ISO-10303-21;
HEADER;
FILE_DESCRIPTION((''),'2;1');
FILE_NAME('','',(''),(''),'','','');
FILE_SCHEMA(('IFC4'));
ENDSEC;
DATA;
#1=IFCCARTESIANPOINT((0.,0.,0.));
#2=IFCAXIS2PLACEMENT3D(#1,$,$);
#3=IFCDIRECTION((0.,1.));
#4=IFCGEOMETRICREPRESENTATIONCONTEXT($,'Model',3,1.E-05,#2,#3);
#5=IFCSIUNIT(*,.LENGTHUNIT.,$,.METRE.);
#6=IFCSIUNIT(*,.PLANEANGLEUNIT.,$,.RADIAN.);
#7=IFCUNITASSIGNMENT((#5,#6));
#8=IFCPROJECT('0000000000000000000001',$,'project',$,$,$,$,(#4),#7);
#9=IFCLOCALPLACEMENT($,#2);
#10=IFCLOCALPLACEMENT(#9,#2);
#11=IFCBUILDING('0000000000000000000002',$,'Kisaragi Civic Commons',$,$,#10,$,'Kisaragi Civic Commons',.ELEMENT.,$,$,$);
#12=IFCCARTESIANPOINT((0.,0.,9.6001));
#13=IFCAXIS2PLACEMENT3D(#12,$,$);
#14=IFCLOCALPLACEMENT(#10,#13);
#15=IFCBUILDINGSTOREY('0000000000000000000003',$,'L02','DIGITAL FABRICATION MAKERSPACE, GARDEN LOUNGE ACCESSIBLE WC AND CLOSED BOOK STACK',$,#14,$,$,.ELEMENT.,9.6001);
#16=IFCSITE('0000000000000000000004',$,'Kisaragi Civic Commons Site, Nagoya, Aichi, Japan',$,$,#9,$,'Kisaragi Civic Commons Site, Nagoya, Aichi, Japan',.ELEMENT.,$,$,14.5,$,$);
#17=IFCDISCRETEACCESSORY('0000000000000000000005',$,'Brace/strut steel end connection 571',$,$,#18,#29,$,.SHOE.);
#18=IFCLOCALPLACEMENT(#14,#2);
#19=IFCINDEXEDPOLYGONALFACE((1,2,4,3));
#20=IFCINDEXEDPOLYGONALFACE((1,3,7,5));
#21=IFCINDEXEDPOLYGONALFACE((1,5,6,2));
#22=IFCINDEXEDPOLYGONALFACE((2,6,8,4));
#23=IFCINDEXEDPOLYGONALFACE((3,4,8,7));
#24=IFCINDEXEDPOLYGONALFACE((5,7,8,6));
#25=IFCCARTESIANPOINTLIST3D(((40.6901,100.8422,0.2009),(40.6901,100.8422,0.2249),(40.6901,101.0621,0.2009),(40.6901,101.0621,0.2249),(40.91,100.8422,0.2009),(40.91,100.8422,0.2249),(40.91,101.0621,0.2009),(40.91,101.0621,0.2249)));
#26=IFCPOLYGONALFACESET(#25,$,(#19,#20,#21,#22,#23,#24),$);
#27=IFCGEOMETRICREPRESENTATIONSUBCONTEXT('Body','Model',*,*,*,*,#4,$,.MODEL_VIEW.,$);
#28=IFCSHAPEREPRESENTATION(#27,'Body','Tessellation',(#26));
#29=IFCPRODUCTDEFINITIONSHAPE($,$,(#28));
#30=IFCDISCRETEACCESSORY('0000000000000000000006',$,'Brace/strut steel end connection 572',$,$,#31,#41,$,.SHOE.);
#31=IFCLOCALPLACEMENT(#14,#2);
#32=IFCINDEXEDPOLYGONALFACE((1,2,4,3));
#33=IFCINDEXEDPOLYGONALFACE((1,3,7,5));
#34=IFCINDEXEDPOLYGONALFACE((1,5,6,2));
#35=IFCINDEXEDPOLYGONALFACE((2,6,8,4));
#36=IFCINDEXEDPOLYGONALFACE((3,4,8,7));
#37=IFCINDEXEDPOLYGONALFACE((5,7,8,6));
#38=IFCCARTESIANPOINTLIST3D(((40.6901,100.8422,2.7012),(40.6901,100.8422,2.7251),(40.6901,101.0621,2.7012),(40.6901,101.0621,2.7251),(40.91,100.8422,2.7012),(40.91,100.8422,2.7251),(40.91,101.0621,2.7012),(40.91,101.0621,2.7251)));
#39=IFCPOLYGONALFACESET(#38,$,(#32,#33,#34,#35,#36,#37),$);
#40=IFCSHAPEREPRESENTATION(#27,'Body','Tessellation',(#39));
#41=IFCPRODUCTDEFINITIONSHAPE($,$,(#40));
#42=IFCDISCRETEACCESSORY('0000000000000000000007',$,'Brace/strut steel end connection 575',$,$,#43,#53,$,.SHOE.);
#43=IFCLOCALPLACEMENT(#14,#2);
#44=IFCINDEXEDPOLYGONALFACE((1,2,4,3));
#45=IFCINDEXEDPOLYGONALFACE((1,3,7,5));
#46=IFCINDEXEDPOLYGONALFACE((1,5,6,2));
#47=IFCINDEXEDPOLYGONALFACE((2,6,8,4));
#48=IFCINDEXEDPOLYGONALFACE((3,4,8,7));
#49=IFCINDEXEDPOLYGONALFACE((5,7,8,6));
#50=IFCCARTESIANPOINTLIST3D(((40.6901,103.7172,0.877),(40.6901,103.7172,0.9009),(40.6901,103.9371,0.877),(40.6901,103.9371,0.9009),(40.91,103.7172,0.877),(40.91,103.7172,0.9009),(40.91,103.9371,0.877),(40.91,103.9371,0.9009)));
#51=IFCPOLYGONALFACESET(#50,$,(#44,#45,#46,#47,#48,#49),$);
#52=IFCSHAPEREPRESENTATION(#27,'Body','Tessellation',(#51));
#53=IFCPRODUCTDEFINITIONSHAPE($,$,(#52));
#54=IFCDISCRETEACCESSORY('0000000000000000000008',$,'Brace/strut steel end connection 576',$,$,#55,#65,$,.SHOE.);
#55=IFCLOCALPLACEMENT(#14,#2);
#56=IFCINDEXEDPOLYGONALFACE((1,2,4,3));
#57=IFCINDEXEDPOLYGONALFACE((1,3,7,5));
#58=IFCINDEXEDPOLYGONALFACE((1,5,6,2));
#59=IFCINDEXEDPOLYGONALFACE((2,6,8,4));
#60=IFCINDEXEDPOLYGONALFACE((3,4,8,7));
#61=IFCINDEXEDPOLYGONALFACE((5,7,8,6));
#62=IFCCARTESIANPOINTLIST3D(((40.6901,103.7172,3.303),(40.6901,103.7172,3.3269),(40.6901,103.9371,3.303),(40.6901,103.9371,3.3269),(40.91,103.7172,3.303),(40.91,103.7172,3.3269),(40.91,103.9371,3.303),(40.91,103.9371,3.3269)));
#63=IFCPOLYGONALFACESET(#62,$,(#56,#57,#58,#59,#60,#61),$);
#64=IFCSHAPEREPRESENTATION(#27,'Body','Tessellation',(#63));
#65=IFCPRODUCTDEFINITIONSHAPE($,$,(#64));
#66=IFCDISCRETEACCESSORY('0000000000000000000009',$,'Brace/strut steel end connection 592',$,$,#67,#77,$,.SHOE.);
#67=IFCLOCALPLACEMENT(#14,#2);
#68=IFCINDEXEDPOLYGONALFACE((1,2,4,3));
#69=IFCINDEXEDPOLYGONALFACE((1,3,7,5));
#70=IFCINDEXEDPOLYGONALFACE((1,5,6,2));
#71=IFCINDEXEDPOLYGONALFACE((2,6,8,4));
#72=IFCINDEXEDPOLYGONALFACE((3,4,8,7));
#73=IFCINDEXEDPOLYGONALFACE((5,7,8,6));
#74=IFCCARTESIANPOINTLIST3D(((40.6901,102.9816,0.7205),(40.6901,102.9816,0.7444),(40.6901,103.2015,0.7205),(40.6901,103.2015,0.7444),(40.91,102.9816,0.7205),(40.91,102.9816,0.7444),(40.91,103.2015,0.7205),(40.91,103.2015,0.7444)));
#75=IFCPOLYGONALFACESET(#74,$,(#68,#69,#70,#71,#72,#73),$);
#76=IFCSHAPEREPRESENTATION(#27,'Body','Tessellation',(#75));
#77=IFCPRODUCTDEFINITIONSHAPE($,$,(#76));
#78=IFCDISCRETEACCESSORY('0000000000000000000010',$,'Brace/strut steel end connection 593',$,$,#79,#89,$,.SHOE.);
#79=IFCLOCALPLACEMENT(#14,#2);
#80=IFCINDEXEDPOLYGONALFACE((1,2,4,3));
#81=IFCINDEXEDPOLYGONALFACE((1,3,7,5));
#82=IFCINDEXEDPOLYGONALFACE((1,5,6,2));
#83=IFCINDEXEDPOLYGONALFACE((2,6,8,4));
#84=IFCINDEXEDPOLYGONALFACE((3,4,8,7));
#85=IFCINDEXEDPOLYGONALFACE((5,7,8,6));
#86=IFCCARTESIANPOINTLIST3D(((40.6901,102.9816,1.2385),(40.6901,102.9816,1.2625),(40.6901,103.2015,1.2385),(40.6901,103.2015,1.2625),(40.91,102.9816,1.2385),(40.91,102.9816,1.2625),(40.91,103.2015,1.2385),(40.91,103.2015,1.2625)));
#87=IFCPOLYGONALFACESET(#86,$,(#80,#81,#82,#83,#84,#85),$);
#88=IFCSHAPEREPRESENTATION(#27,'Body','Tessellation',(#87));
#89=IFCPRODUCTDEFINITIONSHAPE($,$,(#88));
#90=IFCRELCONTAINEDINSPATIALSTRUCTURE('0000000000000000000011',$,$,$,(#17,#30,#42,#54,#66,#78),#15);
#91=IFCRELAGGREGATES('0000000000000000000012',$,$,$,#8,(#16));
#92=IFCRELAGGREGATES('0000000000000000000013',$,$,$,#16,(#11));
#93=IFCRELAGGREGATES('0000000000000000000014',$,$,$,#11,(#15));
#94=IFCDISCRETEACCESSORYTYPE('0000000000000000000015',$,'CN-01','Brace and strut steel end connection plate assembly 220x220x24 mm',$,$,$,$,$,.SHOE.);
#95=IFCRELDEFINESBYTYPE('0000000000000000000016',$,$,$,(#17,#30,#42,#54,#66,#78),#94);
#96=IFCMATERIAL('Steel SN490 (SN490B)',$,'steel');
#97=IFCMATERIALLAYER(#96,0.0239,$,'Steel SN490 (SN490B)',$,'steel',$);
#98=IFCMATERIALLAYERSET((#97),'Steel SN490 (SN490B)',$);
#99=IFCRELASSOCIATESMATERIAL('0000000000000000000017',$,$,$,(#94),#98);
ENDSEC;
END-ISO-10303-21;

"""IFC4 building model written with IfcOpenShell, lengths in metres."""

from ifc_helpers import new_model, si_unit, direction, frame, origin, origin_2d, place, context, subcontext, project, spatial, rectangle, extrude, material, layer, layer_set, type_object, element, save


model = new_model("IFC4")

# Units and contexts
model_context = context("Model", 3, precision=1e-05, world=origin(), true_north=direction((0.0, 1.0)))
body_context = subcontext(model_context, "Body", "Model", "MODEL_VIEW")
ifc_project = project(units=[si_unit("LENGTHUNIT", "METRE"), si_unit("PLANEANGLEUNIT", "RADIAN")], contexts=[model_context])

# Site, building, storey
site_placement = place(None, origin())
site = spatial("IfcSite", under=ifc_project, at=site_placement, Name="Kisaragi Civic Commons Site, Nagoya, Aichi, Japan", LongName="Kisaragi Civic Commons Site, Nagoya, Aichi, Japan", CompositionType="ELEMENT", RefElevation=14.5)
building_placement = place(site_placement, origin())
building = spatial("IfcBuilding", under=site, at=building_placement, Name="Kisaragi Civic Commons", LongName="Kisaragi Civic Commons", CompositionType="ELEMENT")
storey_placement = place(building_placement, frame((0.0, 0.0, 9.6001)))
storey = spatial("IfcBuildingStorey", under=building, at=storey_placement, Name="L02", Description="DIGITAL FABRICATION MAKERSPACE, GARDEN LOUNGE ACCESSIBLE WC AND CLOSED BOOK STACK", CompositionType="ELEMENT", Elevation=9.6001)

# Shared definitions
ifc_material_1 = material(Name="Steel SN490 (SN490B)", Category="steel")

# Discrete accessories
ifc_layer_1 = layer(ifc_material_1, 0.0239, Name="Steel SN490 (SN490B)", Category="steel")
ifc_layer_set_1 = layer_set([ifc_layer_1], Name="Steel SN490 (SN490B)")
discrete_accessory_type = type_object("IfcDiscreteAccessoryType", Name="CN-01", Description="Brace and strut steel end connection plate assembly 220x220x24 mm", PredefinedType="SHOE", material=ifc_layer_set_1)
for number, where, z_axis, x_axis, name in (
    (1, (40.8, 100.9521, 0.2009), (0.0, 0.0, 1.0), (1.0, 0.0, 0.0), "Brace/strut steel end connection 571"),
    (2, (40.8, 100.9521, 2.7012), (0.0, 0.0, 1.0), (1.0, 0.0, 0.0), "Brace/strut steel end connection 572"),
    (3, (40.8, 103.8271, 0.877), (0.0, 0.0, 1.0), (1.0, 0.0, 0.0), "Brace/strut steel end connection 575"),
    (4, (40.8, 103.8271, 3.303), (0.0, 0.0, 1.0), (1.0, 0.0, 0.0), "Brace/strut steel end connection 576"),
    (5, (40.8, 103.0916, 0.7205), (0.0, 0.0, 1.0), (1.0, 0.0, 0.0), "Brace/strut steel end connection 592"),
    (6, (40.8, 103.0916, 1.2385), (0.0, 0.0, 1.0), (1.0, 0.0, 0.0), "Brace/strut steel end connection 593"),
):
    element("IfcDiscreteAccessory", number, at=place(storey_placement, frame(where, z_axis=z_axis, x_axis=x_axis)), inside=storey, type_object=discrete_accessory_type, Name=name, PredefinedType="SHOE", context=body_context, shape_type="SweptSolid", body=[
        extrude(rectangle(XDim=0.22, YDim=0.22, at=origin_2d()), origin(), (0.0, 0.0, 1.0), 0.0239),
    ])

save(model, "model.ifc")
